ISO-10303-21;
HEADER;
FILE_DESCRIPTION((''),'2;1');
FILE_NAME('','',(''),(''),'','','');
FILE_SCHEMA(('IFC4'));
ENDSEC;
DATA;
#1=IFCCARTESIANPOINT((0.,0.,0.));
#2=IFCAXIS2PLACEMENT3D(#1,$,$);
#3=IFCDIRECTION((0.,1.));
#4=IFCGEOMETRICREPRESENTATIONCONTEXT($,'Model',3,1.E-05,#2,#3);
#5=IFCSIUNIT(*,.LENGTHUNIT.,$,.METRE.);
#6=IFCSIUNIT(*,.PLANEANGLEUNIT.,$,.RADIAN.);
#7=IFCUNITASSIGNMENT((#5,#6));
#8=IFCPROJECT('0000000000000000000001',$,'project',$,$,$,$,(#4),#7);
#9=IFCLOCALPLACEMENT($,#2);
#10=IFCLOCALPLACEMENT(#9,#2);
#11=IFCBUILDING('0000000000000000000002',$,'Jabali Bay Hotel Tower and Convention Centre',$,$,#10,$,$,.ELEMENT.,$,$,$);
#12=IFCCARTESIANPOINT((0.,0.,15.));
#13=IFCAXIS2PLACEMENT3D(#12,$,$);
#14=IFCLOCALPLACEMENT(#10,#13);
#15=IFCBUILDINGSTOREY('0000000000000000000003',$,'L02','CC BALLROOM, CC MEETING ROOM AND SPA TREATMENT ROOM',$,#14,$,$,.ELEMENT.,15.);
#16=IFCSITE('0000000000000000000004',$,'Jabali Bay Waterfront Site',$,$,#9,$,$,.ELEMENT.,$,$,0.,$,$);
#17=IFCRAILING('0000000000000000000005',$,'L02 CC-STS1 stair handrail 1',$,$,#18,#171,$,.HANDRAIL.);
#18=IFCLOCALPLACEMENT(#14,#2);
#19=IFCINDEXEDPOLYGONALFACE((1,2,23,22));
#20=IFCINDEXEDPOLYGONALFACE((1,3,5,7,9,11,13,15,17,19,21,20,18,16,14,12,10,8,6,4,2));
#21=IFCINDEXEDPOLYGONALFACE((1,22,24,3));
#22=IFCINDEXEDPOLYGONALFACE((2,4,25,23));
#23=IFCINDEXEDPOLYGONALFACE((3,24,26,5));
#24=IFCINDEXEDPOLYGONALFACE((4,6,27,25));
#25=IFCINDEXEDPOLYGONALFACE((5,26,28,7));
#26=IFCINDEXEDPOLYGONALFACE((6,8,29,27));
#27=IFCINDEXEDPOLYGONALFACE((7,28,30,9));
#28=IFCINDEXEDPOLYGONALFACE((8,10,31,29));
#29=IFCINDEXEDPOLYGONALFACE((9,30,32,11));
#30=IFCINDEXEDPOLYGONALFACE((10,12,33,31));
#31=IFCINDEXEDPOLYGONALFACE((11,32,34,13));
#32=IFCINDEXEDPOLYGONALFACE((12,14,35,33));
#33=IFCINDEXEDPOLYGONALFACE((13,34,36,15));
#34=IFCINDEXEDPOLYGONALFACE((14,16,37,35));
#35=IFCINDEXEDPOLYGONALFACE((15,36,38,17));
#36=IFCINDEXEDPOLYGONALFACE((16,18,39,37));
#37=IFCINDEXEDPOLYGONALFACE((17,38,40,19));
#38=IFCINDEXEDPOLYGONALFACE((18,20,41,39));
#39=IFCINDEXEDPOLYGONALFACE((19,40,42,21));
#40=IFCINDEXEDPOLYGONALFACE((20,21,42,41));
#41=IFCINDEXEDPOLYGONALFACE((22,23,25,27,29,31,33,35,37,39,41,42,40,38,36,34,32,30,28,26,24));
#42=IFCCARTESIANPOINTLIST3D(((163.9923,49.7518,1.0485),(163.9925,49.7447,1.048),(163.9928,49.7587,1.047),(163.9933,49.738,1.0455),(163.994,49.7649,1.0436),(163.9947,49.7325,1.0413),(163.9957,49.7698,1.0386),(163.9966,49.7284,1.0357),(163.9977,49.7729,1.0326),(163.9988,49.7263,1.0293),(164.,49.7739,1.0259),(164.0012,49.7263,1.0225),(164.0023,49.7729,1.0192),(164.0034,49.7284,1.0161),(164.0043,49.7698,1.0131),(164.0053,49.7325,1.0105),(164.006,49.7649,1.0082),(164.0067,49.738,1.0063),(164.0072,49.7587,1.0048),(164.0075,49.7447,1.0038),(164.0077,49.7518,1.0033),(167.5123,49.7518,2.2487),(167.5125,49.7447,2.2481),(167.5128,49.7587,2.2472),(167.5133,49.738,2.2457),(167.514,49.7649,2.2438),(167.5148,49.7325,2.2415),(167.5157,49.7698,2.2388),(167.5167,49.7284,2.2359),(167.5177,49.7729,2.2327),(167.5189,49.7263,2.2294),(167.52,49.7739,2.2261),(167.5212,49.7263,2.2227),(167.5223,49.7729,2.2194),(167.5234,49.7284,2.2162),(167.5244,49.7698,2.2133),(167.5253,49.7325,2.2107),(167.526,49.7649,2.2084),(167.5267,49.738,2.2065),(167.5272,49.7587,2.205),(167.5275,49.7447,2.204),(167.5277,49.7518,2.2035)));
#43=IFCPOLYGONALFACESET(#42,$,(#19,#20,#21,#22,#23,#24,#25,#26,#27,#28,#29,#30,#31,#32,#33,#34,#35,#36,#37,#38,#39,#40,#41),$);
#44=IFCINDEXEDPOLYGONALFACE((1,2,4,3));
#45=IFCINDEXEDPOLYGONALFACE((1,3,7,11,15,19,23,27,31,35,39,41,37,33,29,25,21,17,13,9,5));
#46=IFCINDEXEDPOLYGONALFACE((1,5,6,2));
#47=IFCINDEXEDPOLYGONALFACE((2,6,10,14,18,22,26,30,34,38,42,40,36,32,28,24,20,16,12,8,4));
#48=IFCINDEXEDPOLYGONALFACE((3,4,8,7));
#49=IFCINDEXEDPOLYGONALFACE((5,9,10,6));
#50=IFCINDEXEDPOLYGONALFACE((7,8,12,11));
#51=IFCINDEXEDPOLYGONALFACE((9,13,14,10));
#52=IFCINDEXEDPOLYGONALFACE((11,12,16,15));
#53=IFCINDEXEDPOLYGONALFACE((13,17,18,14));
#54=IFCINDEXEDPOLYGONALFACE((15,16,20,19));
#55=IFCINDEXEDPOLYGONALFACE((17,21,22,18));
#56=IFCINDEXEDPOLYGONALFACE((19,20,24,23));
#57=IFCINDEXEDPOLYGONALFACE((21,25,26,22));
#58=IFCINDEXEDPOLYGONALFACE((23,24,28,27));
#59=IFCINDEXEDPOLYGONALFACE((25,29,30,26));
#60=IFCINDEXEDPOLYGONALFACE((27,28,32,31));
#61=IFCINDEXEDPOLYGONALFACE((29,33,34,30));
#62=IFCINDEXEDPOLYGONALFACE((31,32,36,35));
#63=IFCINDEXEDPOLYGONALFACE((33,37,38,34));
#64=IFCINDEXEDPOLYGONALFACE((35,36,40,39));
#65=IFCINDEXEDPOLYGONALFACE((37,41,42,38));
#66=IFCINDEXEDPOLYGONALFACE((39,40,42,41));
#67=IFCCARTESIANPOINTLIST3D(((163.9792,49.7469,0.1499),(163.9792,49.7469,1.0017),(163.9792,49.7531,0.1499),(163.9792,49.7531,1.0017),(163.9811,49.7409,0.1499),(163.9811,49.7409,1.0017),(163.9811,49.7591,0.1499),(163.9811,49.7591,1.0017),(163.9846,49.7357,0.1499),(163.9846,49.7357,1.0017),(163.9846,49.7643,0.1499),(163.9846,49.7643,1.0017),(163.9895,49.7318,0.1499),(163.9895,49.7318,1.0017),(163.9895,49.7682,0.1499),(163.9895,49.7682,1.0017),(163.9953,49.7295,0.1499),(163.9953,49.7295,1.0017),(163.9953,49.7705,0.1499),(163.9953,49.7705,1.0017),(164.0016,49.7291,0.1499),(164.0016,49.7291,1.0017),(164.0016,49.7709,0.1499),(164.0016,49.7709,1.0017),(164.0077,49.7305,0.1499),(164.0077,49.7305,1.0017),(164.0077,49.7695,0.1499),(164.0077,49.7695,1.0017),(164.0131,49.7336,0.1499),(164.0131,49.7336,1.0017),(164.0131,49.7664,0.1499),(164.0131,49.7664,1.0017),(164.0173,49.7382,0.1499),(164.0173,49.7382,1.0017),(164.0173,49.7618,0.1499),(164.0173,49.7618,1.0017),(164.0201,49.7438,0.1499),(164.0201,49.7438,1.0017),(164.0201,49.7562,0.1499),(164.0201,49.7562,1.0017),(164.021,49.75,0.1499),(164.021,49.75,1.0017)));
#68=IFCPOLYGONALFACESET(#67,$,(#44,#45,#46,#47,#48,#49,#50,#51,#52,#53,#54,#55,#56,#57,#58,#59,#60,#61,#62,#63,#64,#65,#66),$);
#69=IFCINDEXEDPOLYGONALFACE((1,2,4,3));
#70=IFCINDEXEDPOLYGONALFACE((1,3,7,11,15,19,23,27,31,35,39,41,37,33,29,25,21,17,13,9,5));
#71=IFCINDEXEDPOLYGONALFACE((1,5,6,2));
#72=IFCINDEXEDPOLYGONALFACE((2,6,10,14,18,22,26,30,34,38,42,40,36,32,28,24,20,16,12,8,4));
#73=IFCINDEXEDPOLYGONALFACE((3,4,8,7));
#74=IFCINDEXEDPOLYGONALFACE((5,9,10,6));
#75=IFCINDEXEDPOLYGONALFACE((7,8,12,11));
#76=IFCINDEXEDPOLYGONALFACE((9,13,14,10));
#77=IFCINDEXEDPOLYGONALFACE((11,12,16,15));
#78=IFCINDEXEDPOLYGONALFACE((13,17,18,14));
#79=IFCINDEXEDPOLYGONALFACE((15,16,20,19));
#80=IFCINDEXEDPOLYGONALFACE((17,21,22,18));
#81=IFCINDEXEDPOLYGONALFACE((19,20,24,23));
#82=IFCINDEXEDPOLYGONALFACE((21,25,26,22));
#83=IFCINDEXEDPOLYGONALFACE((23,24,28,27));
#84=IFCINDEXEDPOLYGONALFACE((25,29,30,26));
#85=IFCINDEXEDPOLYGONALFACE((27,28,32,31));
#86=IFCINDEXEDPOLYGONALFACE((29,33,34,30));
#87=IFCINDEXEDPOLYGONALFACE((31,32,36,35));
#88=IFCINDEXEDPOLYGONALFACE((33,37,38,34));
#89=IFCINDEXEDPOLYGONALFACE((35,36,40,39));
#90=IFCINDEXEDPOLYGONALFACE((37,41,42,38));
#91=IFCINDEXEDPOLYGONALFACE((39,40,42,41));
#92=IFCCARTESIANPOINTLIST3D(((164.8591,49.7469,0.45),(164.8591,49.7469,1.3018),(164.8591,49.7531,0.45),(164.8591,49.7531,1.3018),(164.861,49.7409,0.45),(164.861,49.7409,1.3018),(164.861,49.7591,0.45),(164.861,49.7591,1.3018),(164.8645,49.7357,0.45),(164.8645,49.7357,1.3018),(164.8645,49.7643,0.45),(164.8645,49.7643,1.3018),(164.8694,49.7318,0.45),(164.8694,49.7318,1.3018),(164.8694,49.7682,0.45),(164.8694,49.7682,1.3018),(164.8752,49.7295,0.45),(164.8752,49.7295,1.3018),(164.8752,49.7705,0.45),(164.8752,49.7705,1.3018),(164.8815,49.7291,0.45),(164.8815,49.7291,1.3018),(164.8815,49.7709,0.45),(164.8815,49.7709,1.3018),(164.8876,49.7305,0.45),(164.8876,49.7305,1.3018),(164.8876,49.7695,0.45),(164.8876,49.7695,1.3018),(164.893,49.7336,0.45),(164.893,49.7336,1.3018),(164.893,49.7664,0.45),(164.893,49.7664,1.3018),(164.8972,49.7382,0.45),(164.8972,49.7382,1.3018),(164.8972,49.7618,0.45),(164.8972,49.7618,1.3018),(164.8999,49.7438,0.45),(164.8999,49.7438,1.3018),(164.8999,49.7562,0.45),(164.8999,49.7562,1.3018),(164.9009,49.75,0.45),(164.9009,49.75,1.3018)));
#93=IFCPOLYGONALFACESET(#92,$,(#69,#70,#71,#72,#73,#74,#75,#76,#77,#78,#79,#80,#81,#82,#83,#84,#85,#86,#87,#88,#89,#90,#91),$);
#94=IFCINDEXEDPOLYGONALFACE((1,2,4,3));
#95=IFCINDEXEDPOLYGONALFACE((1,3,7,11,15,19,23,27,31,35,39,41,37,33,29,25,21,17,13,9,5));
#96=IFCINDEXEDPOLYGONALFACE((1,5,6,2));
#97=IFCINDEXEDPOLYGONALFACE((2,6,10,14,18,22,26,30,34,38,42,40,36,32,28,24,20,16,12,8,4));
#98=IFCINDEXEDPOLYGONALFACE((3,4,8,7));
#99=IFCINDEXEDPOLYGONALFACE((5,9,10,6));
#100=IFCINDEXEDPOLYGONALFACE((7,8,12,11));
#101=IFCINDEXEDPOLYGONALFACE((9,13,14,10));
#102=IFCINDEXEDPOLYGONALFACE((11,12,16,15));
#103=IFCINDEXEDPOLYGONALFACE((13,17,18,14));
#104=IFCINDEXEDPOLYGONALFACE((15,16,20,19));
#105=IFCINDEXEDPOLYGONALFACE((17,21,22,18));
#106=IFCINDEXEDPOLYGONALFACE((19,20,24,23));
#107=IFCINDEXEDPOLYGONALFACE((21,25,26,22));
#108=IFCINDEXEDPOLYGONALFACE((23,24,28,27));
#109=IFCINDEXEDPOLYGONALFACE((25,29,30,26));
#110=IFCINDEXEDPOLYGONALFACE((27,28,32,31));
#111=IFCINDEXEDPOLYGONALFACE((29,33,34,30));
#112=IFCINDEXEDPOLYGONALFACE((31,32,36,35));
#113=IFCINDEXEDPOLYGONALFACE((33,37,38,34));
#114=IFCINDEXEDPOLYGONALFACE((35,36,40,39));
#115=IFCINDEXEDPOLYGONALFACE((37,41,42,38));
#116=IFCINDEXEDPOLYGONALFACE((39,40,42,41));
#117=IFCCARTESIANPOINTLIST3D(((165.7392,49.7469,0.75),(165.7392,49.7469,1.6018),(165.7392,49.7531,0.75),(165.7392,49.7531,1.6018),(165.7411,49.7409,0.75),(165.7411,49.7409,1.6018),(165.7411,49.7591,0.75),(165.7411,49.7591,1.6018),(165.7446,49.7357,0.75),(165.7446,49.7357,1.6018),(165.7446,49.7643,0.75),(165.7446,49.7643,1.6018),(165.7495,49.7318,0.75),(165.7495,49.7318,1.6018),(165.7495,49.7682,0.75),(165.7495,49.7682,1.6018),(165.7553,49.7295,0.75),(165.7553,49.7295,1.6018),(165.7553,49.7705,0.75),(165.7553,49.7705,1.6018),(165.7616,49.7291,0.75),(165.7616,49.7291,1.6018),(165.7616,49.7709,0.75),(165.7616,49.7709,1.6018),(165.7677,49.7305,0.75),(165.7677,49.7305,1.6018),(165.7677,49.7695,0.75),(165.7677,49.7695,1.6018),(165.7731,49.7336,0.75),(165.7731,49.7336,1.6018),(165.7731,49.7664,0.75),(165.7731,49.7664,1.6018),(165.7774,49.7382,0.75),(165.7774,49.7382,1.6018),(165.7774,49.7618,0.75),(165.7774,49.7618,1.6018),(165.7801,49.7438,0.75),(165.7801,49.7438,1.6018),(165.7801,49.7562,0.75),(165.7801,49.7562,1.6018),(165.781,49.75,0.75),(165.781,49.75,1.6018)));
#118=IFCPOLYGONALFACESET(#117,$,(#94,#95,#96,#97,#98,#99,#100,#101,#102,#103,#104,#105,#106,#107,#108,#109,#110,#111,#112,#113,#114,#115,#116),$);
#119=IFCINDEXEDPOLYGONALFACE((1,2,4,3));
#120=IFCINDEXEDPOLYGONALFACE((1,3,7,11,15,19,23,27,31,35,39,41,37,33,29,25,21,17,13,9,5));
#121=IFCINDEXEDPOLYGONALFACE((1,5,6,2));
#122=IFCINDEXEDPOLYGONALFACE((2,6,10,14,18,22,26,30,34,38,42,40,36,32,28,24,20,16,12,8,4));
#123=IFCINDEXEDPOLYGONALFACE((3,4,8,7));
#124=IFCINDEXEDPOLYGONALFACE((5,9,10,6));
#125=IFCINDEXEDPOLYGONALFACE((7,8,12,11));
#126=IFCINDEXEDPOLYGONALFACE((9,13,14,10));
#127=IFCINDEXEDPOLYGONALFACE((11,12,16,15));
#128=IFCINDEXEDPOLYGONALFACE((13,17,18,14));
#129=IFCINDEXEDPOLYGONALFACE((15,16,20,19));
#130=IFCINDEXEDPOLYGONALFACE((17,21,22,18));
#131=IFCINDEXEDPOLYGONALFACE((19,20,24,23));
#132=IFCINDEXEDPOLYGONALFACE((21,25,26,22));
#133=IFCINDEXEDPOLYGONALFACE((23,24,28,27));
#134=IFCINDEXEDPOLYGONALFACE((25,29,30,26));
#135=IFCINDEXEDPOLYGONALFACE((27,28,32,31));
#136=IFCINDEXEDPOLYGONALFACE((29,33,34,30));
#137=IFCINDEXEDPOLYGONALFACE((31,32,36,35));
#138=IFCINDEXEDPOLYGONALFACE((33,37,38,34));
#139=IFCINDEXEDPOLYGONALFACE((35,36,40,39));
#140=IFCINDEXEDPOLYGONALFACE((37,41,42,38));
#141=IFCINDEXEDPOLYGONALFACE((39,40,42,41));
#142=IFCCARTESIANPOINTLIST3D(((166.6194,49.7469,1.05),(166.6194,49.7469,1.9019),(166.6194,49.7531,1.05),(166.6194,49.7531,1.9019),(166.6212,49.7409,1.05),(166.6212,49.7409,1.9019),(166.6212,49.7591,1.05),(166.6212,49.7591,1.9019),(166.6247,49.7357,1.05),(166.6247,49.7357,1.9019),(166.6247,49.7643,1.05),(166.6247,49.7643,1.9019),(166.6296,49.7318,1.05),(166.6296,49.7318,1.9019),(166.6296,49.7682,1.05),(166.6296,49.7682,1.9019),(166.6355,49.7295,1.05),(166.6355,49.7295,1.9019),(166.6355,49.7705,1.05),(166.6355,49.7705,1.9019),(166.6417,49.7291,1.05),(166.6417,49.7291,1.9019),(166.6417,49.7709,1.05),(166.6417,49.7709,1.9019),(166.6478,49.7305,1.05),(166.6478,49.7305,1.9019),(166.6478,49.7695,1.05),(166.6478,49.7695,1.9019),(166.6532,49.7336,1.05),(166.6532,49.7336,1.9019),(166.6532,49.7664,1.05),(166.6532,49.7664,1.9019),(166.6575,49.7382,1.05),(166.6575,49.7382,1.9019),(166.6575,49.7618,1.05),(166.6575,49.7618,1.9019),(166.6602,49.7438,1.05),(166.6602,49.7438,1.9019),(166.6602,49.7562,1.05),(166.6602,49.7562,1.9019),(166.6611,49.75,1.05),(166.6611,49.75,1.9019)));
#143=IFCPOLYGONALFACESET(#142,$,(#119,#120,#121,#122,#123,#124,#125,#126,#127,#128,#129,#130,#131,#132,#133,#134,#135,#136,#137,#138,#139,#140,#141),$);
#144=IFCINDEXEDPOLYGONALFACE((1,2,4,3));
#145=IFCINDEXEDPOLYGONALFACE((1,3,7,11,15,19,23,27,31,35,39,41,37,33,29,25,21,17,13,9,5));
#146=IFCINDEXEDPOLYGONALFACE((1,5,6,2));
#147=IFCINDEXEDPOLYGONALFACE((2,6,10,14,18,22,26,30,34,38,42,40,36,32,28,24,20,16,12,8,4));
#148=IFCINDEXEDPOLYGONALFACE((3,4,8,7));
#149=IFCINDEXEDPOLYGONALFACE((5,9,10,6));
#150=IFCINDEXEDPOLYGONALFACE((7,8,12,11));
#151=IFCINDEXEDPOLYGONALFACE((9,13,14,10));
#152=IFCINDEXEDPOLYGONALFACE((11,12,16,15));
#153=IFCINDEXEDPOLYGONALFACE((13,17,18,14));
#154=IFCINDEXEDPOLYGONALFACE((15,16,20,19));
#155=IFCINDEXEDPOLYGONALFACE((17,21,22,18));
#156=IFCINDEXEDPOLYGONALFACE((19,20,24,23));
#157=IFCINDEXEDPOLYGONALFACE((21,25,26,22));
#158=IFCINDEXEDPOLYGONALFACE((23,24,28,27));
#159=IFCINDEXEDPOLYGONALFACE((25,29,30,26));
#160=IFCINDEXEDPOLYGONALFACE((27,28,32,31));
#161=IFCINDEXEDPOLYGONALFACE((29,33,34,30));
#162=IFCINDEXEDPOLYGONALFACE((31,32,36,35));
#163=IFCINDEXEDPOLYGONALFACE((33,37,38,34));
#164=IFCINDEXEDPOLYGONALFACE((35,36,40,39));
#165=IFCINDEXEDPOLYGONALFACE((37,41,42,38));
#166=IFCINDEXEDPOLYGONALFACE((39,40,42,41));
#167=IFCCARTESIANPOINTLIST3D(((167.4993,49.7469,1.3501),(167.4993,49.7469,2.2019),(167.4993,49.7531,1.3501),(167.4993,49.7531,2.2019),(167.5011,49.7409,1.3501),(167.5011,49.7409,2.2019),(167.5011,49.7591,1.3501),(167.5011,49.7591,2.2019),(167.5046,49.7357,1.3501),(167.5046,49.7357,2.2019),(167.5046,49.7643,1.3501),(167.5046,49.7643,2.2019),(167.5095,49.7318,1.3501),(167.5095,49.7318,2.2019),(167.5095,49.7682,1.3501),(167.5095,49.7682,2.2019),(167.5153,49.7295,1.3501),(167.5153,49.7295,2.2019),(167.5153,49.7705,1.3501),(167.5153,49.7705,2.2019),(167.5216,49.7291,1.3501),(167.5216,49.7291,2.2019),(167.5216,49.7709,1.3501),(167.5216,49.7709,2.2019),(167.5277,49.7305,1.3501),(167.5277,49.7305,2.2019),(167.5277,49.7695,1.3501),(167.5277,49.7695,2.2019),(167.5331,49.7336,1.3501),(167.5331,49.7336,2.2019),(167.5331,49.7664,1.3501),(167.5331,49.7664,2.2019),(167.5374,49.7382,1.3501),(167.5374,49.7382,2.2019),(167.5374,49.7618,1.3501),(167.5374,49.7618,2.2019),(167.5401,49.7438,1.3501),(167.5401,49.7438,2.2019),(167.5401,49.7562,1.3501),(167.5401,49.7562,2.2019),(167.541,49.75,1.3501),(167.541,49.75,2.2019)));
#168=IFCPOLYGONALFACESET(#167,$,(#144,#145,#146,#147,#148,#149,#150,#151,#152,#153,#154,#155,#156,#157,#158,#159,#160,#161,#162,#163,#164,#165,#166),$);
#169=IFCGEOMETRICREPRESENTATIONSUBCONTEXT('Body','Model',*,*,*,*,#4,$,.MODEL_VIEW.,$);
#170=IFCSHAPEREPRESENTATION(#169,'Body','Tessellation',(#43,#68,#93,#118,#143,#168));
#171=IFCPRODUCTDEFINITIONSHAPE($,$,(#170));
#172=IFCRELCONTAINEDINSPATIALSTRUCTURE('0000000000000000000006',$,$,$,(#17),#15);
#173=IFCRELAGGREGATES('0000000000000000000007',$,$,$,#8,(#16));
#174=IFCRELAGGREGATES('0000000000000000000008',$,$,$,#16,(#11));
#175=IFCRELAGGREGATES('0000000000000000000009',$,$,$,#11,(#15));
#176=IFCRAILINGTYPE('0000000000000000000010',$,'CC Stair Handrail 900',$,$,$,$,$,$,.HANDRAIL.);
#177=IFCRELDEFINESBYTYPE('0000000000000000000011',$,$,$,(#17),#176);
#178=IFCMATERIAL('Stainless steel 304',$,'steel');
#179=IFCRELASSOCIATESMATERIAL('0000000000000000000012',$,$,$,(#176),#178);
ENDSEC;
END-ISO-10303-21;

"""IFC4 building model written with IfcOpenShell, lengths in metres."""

from ifc_helpers import new_model, si_unit, direction, frame, origin, origin_2d, place, context, subcontext, project, spatial, circle, extrude, material, type_object, element, save


model = new_model("IFC4")

# Units and contexts
model_context = context("Model", 3, precision=1e-05, world=origin(), true_north=direction((0.0, 1.0)))
body_context = subcontext(model_context, "Body", "Model", "MODEL_VIEW")
ifc_project = project(units=[si_unit("LENGTHUNIT", "METRE"), si_unit("PLANEANGLEUNIT", "RADIAN")], contexts=[model_context])

# Site, building, storey
site_placement = place(None, origin())
site = spatial("IfcSite", under=ifc_project, at=site_placement, Name="Jabali Bay Waterfront Site", CompositionType="ELEMENT", RefElevation=0.0)
building_placement = place(site_placement, origin())
building = spatial("IfcBuilding", under=site, at=building_placement, Name="Jabali Bay Hotel Tower and Convention Centre", CompositionType="ELEMENT")
storey_placement = place(building_placement, frame((0.0, 0.0, 15.0)))
storey = spatial("IfcBuildingStorey", under=building, at=storey_placement, Name="L02", Description="CC BALLROOM, CC MEETING ROOM AND SPA TREATMENT ROOM", CompositionType="ELEMENT", Elevation=15.0)

# Railing
ifc_material_1 = material(Name="Stainless steel 304", Category="steel")
railing_type_1 = type_object("IfcRailingType", Name="CC Stair Handrail 900", PredefinedType="HANDRAIL", material=ifc_material_1)
railing_1_placement = place(storey_placement, frame((164.0, 49.75, 0.1499)))
element("IfcRailing", 1, at=railing_1_placement, inside=storey, type_object=railing_type_1, Name="L02 CC-STS1 stair handrail 1", PredefinedType="HANDRAIL", context=body_context, shape_type="SweptSolid", body=[
    extrude(circle(Radius=0.0239, at=origin_2d()), frame((0.0, 0.0, 0.876), z_axis=(0.946495, 0.0, 0.322719), x_axis=(0.0, 1.0, 0.0)), (0.0, 0.0, 1.0), 3.719),
    extrude(circle(Radius=0.021, at=origin_2d()), origin(), (0.0, 0.0, 1.0), 0.8518),
    extrude(circle(Radius=0.021, at=origin_2d()), frame((0.8799, 0.0, 0.3)), (0.0, 0.0, 1.0), 0.8518),
    extrude(circle(Radius=0.021, at=origin_2d()), frame((1.76, 0.0, 0.6001)), (0.0, 0.0, 1.0), 0.8518),
    extrude(circle(Radius=0.021, at=origin_2d()), frame((2.6401, 0.0, 0.9001)), (0.0, 0.0, 1.0), 0.8518),
    extrude(circle(Radius=0.021, at=origin_2d()), frame((3.52, 0.0, 1.2002)), (0.0, 0.0, 1.0), 0.8518),
])

save(model, "model.ifc")
